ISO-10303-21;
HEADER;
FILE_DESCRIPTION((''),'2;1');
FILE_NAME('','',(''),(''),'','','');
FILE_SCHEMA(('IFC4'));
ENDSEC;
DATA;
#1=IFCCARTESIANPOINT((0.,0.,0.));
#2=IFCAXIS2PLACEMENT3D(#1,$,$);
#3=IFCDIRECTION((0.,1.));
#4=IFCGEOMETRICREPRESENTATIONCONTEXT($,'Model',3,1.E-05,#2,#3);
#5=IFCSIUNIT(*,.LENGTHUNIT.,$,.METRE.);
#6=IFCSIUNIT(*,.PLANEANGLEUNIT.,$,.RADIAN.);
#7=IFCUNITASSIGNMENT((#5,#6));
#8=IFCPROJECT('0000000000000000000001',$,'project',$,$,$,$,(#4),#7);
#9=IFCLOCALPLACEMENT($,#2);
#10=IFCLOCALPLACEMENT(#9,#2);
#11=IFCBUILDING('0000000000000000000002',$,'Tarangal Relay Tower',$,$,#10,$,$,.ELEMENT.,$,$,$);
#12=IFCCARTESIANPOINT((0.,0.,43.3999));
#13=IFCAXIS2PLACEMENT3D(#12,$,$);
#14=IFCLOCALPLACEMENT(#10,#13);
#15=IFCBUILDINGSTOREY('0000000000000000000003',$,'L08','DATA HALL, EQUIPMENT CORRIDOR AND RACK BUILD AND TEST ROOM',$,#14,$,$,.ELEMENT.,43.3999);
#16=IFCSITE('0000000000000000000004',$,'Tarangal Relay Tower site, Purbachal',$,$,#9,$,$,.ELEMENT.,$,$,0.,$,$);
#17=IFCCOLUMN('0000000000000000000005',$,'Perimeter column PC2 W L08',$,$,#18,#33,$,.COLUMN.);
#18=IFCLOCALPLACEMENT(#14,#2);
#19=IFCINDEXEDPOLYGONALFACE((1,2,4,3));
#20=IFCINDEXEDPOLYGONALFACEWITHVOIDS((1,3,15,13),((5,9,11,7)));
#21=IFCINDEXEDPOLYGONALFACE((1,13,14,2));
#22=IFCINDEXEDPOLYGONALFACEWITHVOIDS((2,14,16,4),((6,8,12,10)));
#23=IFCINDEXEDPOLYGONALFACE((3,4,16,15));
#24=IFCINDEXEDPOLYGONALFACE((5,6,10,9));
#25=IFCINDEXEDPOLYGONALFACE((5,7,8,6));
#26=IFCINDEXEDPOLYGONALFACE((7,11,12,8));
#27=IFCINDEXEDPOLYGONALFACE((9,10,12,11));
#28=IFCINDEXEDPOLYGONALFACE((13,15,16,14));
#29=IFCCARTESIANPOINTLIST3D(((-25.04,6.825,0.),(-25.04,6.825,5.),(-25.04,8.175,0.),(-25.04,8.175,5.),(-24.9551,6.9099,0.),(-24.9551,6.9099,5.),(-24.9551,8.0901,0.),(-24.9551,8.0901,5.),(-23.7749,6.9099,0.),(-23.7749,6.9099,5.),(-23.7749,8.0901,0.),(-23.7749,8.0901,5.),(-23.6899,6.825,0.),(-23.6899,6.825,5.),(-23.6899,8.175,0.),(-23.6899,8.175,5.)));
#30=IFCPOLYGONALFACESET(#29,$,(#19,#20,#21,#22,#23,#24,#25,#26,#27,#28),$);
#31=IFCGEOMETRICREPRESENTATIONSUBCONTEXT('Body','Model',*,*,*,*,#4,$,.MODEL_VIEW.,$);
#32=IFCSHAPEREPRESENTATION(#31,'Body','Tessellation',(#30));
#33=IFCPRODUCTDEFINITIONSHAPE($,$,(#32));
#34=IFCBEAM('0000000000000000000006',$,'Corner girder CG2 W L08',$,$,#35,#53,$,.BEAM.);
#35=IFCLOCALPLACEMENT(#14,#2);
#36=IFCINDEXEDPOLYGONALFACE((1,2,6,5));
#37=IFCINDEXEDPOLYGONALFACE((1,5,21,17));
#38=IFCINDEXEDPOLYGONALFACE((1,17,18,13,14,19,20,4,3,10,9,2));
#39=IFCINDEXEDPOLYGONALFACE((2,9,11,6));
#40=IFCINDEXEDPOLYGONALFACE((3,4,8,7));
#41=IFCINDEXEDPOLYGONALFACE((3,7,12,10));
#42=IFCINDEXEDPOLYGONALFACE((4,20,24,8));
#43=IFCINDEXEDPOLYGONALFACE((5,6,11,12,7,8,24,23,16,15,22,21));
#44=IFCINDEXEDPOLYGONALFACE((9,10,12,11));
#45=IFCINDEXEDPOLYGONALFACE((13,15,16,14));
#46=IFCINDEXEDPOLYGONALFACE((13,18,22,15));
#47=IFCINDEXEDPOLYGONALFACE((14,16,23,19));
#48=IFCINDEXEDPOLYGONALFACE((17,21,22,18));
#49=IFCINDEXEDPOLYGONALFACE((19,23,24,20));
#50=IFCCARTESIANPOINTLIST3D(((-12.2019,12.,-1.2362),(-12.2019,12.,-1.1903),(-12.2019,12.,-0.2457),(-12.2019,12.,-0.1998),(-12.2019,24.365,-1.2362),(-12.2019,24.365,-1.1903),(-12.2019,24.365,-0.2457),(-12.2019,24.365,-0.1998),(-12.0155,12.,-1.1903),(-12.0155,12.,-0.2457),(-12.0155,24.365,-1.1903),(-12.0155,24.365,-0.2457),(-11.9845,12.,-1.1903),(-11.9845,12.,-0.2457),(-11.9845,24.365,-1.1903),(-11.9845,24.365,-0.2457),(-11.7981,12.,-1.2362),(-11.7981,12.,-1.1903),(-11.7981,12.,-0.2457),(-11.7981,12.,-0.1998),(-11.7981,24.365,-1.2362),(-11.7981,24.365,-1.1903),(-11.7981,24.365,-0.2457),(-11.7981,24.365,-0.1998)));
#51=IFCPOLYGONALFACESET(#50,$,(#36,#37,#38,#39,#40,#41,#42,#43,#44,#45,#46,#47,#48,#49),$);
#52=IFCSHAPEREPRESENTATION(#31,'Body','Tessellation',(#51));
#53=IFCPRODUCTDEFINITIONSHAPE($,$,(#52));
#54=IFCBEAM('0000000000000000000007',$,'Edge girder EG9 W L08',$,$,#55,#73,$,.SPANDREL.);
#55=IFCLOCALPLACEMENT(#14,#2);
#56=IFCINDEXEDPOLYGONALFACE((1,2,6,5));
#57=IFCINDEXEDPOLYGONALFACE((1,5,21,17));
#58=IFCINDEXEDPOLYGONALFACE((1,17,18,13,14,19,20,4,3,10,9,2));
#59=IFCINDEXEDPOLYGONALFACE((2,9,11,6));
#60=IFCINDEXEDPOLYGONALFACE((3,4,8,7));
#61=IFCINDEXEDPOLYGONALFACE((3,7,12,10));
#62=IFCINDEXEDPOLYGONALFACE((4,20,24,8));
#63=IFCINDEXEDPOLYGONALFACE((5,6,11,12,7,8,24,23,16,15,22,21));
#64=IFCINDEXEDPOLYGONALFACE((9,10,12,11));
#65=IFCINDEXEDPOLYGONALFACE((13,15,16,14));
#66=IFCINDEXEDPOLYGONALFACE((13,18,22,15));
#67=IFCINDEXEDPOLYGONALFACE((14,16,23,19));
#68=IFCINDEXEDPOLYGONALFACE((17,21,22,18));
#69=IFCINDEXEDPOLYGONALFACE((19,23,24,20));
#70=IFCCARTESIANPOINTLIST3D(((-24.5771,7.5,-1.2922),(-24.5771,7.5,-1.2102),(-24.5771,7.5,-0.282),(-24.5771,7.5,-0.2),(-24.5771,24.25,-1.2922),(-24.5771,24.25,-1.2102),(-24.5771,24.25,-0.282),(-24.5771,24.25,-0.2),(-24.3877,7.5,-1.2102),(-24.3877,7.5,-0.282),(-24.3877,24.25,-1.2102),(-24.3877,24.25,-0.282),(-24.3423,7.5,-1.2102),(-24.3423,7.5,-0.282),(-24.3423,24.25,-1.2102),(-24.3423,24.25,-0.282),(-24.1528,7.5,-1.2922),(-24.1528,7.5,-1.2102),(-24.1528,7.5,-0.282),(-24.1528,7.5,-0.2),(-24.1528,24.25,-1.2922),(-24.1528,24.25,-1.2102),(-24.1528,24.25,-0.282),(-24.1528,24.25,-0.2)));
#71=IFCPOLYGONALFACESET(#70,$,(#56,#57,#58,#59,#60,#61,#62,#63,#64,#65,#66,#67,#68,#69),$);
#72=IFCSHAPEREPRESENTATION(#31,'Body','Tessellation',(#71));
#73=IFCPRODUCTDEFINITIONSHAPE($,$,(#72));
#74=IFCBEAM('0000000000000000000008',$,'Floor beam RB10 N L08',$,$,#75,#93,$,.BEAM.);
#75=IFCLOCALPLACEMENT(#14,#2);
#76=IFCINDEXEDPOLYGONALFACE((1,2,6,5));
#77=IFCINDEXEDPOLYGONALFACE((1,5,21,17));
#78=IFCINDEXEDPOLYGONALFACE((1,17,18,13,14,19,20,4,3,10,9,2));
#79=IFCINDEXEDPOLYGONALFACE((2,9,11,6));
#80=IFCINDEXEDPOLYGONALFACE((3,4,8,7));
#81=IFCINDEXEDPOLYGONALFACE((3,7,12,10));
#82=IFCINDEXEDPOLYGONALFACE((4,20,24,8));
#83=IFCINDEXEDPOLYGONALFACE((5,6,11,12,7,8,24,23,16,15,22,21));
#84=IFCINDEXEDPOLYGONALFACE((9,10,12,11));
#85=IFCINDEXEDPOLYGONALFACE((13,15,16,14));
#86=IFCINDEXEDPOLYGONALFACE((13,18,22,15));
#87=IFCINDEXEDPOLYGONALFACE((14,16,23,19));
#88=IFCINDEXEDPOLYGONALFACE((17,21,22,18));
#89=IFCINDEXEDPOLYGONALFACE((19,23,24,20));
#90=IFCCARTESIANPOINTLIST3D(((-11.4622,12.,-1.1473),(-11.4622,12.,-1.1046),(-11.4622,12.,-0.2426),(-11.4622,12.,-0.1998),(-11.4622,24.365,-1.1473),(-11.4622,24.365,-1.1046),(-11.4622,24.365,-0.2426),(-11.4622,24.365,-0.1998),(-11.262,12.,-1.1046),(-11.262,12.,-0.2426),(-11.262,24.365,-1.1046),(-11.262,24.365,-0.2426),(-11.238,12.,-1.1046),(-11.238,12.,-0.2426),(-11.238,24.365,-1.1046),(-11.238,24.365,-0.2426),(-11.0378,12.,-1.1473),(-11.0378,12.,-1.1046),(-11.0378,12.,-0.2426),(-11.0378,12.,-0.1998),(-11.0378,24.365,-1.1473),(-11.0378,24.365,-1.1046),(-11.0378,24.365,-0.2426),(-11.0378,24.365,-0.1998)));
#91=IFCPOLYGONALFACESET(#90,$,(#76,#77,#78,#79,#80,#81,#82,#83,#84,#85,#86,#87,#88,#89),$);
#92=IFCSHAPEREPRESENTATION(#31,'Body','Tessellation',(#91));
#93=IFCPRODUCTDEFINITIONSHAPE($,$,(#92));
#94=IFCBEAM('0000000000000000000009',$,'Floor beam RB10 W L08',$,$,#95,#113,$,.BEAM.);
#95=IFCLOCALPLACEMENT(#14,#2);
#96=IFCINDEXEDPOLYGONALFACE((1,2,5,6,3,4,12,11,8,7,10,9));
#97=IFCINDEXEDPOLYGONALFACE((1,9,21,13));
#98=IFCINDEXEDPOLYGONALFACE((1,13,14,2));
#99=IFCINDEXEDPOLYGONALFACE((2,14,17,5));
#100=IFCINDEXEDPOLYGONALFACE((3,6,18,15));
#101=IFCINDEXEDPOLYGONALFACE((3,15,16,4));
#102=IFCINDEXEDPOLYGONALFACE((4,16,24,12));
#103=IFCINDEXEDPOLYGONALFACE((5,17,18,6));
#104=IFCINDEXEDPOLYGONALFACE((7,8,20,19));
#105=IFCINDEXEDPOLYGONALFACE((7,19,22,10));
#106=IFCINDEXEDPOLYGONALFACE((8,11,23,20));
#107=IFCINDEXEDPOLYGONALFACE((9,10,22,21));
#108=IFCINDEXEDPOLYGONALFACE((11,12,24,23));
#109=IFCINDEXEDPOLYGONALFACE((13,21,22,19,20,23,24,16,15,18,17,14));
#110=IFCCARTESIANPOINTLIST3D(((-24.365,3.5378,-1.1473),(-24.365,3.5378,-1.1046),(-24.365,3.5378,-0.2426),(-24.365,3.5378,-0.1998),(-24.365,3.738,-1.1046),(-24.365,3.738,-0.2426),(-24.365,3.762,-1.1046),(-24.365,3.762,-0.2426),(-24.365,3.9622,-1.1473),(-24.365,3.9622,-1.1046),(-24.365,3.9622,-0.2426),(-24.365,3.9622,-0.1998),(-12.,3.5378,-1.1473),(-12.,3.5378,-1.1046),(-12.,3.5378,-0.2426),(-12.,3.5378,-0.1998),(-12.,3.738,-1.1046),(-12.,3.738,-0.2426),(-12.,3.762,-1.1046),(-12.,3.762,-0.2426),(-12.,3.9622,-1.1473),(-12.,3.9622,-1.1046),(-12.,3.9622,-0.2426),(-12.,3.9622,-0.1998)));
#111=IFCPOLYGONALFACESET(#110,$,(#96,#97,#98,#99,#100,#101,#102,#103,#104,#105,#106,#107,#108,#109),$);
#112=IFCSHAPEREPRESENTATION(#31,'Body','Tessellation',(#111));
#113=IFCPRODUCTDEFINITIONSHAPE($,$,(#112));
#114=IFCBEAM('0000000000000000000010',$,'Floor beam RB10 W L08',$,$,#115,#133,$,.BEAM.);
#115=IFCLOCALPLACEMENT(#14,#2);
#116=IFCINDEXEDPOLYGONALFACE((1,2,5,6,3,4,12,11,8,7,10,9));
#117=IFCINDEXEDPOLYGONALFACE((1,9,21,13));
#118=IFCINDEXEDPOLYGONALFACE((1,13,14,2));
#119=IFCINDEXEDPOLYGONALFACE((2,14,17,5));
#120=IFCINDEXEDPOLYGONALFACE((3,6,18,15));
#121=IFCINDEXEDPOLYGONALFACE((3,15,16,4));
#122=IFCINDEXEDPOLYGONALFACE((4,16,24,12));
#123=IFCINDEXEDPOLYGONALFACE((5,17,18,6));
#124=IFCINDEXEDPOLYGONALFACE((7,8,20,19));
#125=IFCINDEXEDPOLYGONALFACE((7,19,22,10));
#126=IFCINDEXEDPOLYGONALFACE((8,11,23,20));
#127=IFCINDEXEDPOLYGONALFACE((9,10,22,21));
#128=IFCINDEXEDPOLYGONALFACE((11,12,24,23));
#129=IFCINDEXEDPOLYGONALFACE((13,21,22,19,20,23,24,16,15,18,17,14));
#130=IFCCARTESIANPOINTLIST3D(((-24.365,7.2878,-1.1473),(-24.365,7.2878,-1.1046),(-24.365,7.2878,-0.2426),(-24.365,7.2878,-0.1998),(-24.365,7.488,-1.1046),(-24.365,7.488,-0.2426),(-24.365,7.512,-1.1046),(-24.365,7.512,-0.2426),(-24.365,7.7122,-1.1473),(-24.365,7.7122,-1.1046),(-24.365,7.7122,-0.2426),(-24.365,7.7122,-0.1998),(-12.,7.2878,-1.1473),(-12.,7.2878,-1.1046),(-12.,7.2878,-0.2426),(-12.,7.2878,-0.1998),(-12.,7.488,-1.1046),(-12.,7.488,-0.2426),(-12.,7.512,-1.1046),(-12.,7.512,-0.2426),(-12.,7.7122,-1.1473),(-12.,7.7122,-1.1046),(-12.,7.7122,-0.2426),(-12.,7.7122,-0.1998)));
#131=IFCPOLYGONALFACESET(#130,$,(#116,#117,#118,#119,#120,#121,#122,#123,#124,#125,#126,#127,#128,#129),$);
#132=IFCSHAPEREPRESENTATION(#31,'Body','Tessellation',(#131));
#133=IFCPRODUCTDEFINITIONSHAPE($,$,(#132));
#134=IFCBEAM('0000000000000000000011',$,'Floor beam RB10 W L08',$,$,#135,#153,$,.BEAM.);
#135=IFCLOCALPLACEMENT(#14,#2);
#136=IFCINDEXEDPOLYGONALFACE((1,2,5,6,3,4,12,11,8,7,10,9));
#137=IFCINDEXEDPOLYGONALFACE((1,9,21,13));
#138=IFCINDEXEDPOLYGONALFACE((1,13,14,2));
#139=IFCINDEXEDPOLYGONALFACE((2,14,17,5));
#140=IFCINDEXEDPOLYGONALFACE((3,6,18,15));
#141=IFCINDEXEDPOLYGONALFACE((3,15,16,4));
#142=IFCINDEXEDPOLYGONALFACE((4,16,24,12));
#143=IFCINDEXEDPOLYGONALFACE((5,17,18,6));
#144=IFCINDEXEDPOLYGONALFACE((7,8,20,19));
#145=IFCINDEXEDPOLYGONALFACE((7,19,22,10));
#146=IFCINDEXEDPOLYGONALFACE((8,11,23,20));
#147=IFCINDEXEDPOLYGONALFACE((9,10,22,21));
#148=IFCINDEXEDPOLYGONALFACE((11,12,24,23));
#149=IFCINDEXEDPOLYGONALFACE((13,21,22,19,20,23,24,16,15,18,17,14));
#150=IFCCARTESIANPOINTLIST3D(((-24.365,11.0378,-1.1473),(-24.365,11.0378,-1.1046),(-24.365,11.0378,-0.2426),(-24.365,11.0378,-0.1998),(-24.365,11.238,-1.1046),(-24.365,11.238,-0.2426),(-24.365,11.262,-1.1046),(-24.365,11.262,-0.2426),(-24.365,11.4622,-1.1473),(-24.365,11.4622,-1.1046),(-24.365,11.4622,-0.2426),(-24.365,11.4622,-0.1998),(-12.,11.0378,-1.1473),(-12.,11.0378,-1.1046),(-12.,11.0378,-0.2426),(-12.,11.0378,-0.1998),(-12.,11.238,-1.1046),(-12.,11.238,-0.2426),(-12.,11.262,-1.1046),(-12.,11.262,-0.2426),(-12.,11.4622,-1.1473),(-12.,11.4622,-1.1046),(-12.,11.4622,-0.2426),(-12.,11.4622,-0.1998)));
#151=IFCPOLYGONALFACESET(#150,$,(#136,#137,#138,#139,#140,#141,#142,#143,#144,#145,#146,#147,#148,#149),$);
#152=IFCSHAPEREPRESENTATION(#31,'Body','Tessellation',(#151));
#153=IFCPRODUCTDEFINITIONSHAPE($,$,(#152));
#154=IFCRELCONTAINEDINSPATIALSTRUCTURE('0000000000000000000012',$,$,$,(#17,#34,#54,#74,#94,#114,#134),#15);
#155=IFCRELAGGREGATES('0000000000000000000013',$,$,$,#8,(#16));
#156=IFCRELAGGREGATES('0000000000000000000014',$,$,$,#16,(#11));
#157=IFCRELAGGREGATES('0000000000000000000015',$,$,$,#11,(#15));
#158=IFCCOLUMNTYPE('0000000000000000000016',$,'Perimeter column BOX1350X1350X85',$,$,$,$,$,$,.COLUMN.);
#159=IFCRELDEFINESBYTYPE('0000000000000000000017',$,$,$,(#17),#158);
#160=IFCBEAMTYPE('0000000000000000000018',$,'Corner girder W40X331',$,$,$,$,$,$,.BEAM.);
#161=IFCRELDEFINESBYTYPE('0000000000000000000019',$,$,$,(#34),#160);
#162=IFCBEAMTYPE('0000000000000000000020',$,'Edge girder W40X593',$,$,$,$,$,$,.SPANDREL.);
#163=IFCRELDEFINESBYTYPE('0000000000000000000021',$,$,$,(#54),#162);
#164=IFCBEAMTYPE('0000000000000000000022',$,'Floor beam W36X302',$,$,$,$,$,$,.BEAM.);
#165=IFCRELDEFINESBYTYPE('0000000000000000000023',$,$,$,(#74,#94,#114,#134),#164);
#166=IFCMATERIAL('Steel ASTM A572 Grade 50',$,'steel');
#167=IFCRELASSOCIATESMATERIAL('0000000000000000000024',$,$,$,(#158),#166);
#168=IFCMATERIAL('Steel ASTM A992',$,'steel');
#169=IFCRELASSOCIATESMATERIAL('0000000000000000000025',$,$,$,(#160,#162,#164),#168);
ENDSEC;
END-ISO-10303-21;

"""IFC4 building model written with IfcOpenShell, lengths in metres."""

from ifc_helpers import new_model, si_unit, direction, frame, origin, origin_2d, place, context, subcontext, project, spatial, hollow_rectangle, i_section, extrude, material, material_profile, profile_set, type_object, element, save


model = new_model("IFC4")

# Units and contexts
model_context = context("Model", 3, precision=1e-05, world=origin(), true_north=direction((0.0, 1.0)))
body_context = subcontext(model_context, "Body", "Model", "MODEL_VIEW")
ifc_project = project(units=[si_unit("LENGTHUNIT", "METRE"), si_unit("PLANEANGLEUNIT", "RADIAN")], contexts=[model_context])

# Site, building, storey
site_placement = place(None, origin())
site = spatial("IfcSite", under=ifc_project, at=site_placement, Name="Tarangal Relay Tower site, Purbachal", CompositionType="ELEMENT", RefElevation=0.0)
building_placement = place(site_placement, origin())
building = spatial("IfcBuilding", under=site, at=building_placement, Name="Tarangal Relay Tower", CompositionType="ELEMENT")
storey_placement = place(building_placement, frame((0.0, 0.0, 43.3999)))
storey = spatial("IfcBuildingStorey", under=building, at=storey_placement, Name="L08", Description="DATA HALL, EQUIPMENT CORRIDOR AND RACK BUILD AND TEST ROOM", CompositionType="ELEMENT", Elevation=43.3999)

# Column
ifc_material_1 = material(Name="Steel ASTM A572 Grade 50", Category="steel")
ifc_material_profile_1 = material_profile(ifc_material_1, hollow_rectangle(XDim=1.3501, YDim=1.3501, WallThickness=0.085, at=origin_2d()), Name="BOX1350X1350X85")
ifc_profile_set_1 = profile_set([ifc_material_profile_1], Name="Steel ASTM A572 Grade 50")
column_type = type_object("IfcColumnType", Name="Perimeter column BOX1350X1350X85", PredefinedType="COLUMN", material=ifc_profile_set_1)
column_placement = place(storey_placement, frame((-24.365, 7.5, 0.0), z_axis=(0.0, 0.0, 1.0), x_axis=(1.0, 0.0, 0.0)))
element("IfcColumn", 1, at=column_placement, inside=storey, type_object=column_type, Name="Perimeter column PC2 W L08", PredefinedType="COLUMN", context=body_context, shape_type="SweptSolid", body=[
    extrude(hollow_rectangle(XDim=1.3501, YDim=1.3501, WallThickness=0.085, at=origin_2d()), origin(), (0.0, 0.0, 1.0), 5.0),
])

# Beams
ifc_material_2 = material(Name="Steel ASTM A992", Category="steel")
ifc_material_profile_2 = material_profile(ifc_material_2, i_section(OverallWidth=0.4038, OverallDepth=1.0364, WebThickness=0.031, FlangeThickness=0.0459, at=origin_2d()), Name="W40X331")
ifc_profile_set_2 = profile_set([ifc_material_profile_2], Name="Steel ASTM A992")
beam_type_1 = type_object("IfcBeamType", Name="Corner girder W40X331", PredefinedType="BEAM", material=ifc_profile_set_2)
beam_1_placement = place(storey_placement, frame((-12.0, 12.0, -0.718), z_axis=(0.0, 1.0, 0.0), x_axis=(-1.0, 0.0, 0.0)))
element("IfcBeam", 2, at=beam_1_placement, inside=storey, type_object=beam_type_1, Name="Corner girder CG2 W L08", PredefinedType="BEAM", context=body_context, shape_type="SweptSolid", body=[
    extrude(i_section(OverallWidth=0.4038, OverallDepth=1.0364, WebThickness=0.031, FlangeThickness=0.0459, at=origin_2d()), origin(), (0.0, 0.0, 1.0), 12.365),
])
ifc_material_profile_3 = material_profile(ifc_material_2, i_section(OverallWidth=0.4243, OverallDepth=1.0923, WebThickness=0.0454, FlangeThickness=0.082, at=origin_2d()), Name="W40X593")
ifc_profile_set_3 = profile_set([ifc_material_profile_3], Name="Steel ASTM A992")
beam_type_2 = type_object("IfcBeamType", Name="Edge girder W40X593", PredefinedType="SPANDREL", material=ifc_profile_set_3)
beam_2_placement = place(storey_placement, frame((-24.365, 7.5, -0.7461), z_axis=(0.0, 1.0, 0.0), x_axis=(-1.0, 0.0, 0.0)))
element("IfcBeam", 3, at=beam_2_placement, inside=storey, type_object=beam_type_2, Name="Edge girder EG9 W L08", PredefinedType="SPANDREL", context=body_context, shape_type="SweptSolid", body=[
    extrude(i_section(OverallWidth=0.4243, OverallDepth=1.0923, WebThickness=0.0454, FlangeThickness=0.082, at=origin_2d()), origin(), (0.0, 0.0, 1.0), 16.75),
])
ifc_material_profile_4 = material_profile(ifc_material_2, i_section(OverallWidth=0.4243, OverallDepth=0.9475, WebThickness=0.0239, FlangeThickness=0.0427, at=origin_2d()), Name="W36X302")
ifc_profile_set_4 = profile_set([ifc_material_profile_4], Name="Steel ASTM A992")
beam_type_3 = type_object("IfcBeamType", Name="Floor beam W36X302", PredefinedType="BEAM", material=ifc_profile_set_4)
for number, where, z_axis, x_axis, name in (
    (4, (-11.25, 12.0, -0.6736), (0.0, 1.0, 0.0), (-1.0, 0.0, 0.0), "Floor beam RB10 N L08"),
    (5, (-12.0, 3.75, -0.6736), (-1.0, 0.0, 0.0), (0.0, -1.0, 0.0), "Floor beam RB10 W L08"),
    (6, (-12.0, 7.5, -0.6736), (-1.0, 0.0, 0.0), (0.0, -1.0, 0.0), "Floor beam RB10 W L08"),
    (7, (-12.0, 11.25, -0.6736), (-1.0, 0.0, 0.0), (0.0, -1.0, 0.0), "Floor beam RB10 W L08"),
):
    element("IfcBeam", number, at=place(storey_placement, frame(where, z_axis=z_axis, x_axis=x_axis)), inside=storey, type_object=beam_type_3, Name=name, PredefinedType="BEAM", context=body_context, shape_type="SweptSolid", body=[
        extrude(i_section(OverallWidth=0.4243, OverallDepth=0.9475, WebThickness=0.0239, FlangeThickness=0.0427, at=origin_2d()), origin(), (0.0, 0.0, 1.0), 12.365),
    ])

save(model, "model.ifc")
